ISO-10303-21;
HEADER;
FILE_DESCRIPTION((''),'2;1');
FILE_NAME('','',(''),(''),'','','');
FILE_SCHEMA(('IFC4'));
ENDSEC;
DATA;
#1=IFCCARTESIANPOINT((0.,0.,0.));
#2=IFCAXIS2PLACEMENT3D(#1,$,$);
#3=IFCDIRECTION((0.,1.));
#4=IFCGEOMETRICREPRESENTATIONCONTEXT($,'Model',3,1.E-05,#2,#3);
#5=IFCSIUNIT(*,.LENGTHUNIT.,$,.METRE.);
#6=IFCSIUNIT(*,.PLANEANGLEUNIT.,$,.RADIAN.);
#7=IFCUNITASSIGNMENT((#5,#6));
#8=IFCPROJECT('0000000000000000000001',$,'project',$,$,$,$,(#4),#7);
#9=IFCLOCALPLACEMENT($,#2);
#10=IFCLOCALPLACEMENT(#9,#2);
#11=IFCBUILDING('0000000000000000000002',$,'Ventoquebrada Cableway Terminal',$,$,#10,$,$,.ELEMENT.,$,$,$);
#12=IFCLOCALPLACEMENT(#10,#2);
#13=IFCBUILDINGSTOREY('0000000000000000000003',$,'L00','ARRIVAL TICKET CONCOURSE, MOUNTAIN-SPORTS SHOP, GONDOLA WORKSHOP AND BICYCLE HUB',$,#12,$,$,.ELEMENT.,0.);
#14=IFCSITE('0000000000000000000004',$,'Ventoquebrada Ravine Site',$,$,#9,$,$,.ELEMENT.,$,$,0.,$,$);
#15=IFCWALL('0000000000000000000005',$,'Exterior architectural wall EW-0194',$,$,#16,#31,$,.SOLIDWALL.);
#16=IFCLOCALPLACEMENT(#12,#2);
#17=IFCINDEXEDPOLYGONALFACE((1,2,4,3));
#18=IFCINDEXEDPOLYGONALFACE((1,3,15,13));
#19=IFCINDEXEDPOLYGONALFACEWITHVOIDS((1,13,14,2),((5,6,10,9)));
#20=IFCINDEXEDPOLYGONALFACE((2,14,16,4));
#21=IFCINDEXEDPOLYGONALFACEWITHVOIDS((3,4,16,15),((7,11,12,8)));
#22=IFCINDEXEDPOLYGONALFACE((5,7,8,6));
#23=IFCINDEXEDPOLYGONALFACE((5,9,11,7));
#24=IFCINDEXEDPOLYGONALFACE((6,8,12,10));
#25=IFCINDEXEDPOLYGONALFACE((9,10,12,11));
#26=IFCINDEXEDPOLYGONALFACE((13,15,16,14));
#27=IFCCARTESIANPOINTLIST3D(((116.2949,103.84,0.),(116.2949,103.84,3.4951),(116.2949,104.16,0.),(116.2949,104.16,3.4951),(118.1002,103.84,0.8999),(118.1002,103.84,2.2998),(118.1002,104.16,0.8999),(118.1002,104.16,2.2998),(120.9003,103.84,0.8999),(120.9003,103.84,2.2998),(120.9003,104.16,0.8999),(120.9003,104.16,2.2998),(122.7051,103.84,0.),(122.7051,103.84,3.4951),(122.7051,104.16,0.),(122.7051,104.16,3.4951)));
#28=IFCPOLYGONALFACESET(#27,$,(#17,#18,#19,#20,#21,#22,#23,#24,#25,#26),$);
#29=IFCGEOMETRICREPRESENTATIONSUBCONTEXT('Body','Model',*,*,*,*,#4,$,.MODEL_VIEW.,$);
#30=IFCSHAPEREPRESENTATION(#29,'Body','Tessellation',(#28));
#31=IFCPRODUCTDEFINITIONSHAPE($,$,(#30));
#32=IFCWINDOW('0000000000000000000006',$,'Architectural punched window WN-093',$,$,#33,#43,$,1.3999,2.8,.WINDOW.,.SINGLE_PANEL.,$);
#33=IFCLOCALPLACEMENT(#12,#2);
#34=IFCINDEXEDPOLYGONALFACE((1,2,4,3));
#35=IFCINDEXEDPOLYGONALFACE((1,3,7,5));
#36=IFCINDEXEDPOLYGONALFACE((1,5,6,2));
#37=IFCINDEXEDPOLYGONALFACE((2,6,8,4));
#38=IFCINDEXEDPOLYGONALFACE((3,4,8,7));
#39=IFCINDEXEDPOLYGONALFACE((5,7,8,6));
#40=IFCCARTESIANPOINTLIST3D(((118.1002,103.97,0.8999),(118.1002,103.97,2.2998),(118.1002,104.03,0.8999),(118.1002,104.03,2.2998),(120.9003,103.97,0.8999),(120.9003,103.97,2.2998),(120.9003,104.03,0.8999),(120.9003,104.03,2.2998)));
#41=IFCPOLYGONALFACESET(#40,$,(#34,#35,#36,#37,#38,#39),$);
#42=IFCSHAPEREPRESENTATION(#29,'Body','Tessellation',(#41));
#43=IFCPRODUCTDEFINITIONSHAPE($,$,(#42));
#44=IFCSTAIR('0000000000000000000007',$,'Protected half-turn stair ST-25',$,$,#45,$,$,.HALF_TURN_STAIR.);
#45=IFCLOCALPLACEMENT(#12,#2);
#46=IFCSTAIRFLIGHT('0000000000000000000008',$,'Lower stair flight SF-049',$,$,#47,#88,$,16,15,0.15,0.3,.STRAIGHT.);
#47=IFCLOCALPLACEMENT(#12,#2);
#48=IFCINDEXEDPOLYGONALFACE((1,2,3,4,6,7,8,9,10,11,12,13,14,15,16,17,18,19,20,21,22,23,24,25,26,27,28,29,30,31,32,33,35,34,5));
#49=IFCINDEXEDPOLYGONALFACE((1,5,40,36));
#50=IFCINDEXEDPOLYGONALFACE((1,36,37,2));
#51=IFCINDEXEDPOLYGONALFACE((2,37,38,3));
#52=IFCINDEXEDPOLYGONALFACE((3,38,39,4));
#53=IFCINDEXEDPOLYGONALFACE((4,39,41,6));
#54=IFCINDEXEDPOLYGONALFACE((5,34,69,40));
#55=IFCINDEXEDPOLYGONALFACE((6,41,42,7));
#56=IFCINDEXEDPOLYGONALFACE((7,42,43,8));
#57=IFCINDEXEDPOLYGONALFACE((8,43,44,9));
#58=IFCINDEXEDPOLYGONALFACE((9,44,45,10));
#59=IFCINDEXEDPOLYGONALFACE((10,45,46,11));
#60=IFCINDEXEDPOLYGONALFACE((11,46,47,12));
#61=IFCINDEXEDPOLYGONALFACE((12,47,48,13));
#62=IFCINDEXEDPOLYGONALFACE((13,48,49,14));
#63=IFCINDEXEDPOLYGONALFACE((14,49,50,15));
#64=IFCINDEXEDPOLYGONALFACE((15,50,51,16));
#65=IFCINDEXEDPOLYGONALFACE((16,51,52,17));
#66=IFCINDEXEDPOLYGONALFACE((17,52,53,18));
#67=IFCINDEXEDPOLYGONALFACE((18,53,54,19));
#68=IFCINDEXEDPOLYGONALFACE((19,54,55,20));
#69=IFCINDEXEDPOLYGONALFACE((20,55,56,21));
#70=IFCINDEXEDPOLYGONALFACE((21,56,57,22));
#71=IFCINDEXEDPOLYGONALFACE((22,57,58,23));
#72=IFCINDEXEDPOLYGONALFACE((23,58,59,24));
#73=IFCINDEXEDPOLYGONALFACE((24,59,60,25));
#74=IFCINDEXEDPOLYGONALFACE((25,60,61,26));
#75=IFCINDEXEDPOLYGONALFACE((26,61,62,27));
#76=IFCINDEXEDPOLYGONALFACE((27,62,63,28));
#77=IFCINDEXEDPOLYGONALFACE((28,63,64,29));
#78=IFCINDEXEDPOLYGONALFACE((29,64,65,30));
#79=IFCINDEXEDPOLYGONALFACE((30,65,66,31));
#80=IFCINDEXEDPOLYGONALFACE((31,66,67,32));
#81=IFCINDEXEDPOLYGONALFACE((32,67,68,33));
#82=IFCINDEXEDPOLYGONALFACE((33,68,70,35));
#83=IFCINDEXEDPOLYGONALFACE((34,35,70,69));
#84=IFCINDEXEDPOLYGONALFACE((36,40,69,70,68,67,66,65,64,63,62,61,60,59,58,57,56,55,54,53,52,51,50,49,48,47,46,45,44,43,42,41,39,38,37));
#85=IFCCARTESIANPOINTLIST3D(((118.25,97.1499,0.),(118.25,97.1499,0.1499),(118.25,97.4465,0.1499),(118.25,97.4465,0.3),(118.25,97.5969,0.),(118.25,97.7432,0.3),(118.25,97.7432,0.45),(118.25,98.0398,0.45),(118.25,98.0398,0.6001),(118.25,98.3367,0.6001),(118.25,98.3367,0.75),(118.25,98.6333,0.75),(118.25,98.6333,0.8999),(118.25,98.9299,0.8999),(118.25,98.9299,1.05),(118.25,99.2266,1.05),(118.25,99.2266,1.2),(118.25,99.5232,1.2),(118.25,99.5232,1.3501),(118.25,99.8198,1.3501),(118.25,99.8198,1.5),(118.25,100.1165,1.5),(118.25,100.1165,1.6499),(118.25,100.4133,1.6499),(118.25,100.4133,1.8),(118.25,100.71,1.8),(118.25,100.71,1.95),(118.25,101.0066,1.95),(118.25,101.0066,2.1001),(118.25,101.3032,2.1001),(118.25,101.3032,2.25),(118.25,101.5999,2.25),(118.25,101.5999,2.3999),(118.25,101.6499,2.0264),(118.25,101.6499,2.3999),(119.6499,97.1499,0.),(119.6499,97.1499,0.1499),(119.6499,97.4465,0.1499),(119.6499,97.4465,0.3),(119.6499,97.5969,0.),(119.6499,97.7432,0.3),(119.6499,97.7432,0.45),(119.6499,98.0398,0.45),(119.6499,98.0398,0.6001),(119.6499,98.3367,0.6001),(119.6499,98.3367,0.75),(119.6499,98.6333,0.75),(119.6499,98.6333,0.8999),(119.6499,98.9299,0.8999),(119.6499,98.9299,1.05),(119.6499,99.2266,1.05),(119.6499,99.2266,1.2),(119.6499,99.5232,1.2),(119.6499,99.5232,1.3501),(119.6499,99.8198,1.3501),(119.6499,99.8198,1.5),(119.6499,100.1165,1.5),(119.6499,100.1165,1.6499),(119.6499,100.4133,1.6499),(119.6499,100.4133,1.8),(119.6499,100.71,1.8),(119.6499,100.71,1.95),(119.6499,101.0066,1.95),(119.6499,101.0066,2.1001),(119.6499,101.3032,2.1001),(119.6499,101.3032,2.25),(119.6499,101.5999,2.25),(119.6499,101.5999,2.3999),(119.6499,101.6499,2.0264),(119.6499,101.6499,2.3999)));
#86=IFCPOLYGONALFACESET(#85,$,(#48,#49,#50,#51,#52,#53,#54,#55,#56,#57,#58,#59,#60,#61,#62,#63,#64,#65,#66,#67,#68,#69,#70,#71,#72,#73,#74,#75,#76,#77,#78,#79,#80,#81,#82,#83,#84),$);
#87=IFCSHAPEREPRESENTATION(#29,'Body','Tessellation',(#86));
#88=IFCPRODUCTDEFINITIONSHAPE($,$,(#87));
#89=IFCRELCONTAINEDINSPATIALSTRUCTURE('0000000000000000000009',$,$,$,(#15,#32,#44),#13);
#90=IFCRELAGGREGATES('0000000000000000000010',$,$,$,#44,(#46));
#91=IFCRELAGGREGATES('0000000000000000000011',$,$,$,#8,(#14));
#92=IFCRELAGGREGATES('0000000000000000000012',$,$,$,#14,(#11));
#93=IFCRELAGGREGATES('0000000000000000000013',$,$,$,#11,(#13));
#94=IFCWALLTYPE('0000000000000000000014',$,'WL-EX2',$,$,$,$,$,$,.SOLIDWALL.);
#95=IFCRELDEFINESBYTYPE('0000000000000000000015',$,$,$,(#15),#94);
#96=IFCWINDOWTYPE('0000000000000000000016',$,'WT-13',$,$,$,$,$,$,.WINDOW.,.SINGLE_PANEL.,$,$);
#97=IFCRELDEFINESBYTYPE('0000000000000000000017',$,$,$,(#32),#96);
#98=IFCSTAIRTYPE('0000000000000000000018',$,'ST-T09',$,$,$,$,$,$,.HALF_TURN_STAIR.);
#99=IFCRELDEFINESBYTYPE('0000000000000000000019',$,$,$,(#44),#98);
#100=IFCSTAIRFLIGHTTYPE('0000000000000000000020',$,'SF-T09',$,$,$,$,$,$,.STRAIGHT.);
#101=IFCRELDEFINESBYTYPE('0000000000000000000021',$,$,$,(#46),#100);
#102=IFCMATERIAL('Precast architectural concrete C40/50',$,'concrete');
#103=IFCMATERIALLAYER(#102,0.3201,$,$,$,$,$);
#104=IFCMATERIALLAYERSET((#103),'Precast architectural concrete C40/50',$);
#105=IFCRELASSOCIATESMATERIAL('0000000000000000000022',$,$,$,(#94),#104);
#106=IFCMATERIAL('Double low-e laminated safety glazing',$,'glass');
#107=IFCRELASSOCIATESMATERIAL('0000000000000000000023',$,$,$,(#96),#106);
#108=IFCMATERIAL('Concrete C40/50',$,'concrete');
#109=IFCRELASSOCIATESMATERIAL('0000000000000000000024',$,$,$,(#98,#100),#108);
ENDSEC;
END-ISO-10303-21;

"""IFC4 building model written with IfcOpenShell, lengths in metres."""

from ifc_helpers import new_model, si_unit, direction, frame, frame_2d, origin, place, context, subcontext, project, spatial, polyline, rectangle, outline, extrude, material, layer, layer_set, type_object, element, fill, aggregate, save


model = new_model("IFC4")

# Units and contexts
model_context = context("Model", 3, precision=1e-05, world=origin(), true_north=direction((0.0, 1.0)))
body_context = subcontext(model_context, "Body", "Model", "MODEL_VIEW")
ifc_project = project(units=[si_unit("LENGTHUNIT", "METRE"), si_unit("PLANEANGLEUNIT", "RADIAN")], contexts=[model_context])

# Site, building, storey
site_placement = place(None, origin())
site = spatial("IfcSite", under=ifc_project, at=site_placement, Name="Ventoquebrada Ravine Site", CompositionType="ELEMENT", RefElevation=0.0)
building_placement = place(site_placement, origin())
building = spatial("IfcBuilding", under=site, at=building_placement, Name="Ventoquebrada Cableway Terminal", CompositionType="ELEMENT")
storey_placement = place(building_placement, origin())
storey = spatial("IfcBuildingStorey", under=building, at=storey_placement, Name="L00", Description="ARRIVAL TICKET CONCOURSE, MOUNTAIN-SPORTS SHOP, GONDOLA WORKSHOP AND BICYCLE HUB", CompositionType="ELEMENT", Elevation=0.0)

# Shared definitions
ifc_material_1 = material(Name="Concrete C40/50", Category="concrete")

# Shared definitions
ifc_material_2 = material(Name="Precast architectural concrete C40/50", Category="concrete")
ifc_layer_1 = layer(ifc_material_2, 0.3201)
ifc_layer_set_1 = layer_set([ifc_layer_1], Name="Precast architectural concrete C40/50")
wall_type_1 = type_object("IfcWallType", Name="WL-EX2", PredefinedType="SOLIDWALL", material=ifc_layer_set_1)

# Wall, opening, window
wall_1_placement = place(storey_placement, frame((122.7051, 104.0, 0.0), z_axis=(0.0, 0.0, 1.0), x_axis=(-1.0, 0.0, 0.0)))
wall_1 = element("IfcWall", 1, at=wall_1_placement, inside=storey, type_object=wall_type_1, Name="Exterior architectural wall EW-0194", PredefinedType="SOLIDWALL", context=body_context, shape_type="SweptSolid", body=[
    extrude(rectangle(XDim=6.4102, YDim=0.3201, at=frame_2d((3.2051, 0.0))), origin(), (0.0, 0.0, 1.0), 3.4951),
])
opening_placement = place(wall_1_placement, frame((1.8049, 0.0, 0.8999)))
opening = element("IfcOpeningElement", 2, at=opening_placement, cuts=wall_1, PredefinedType="OPENING", context=body_context, shape_type="SweptSolid", body=[
    extrude(rectangle(XDim=2.8, YDim=1.3999, at=frame_2d((1.3999, 0.7))), frame((0.0, 0.1699, 0.0), z_axis=(0.0, -1.0, 0.0), x_axis=(1.0, 0.0, 0.0)), (0.0, 0.0, 1.0), 0.3401),
])
ifc_material_3 = material(Name="Double low-e laminated safety glazing", Category="glass")
window_type = type_object("IfcWindowType", Name="WT-13", PartitioningType="SINGLE_PANEL", PredefinedType="WINDOW", material=ifc_material_3)
window_placement = place(opening_placement, origin())
window = element("IfcWindow", 3, at=window_placement, inside=storey, type_object=window_type, Name="Architectural punched window WN-093", OverallHeight=1.3999, OverallWidth=2.8, PartitioningType="SINGLE_PANEL", PredefinedType="WINDOW", context=body_context, shape_type="SweptSolid", body=[
    extrude(rectangle(XDim=2.8, YDim=1.3999, at=frame_2d((1.3999, 0.7))), frame((0.0, 0.03, 0.0), z_axis=(0.0, -1.0, 0.0), x_axis=(1.0, 0.0, 0.0)), (0.0, 0.0, 1.0), 0.0601),
])
fill(opening, window)

# Stair, stair flight
stair_type = type_object("IfcStairType", Name="ST-T09", PredefinedType="HALF_TURN_STAIR", material=ifc_material_1)
stair_placement = place(storey_placement, origin())
stair = element("IfcStair", 4, at=stair_placement, inside=storey, type_object=stair_type, Name="Protected half-turn stair ST-25", PredefinedType="HALF_TURN_STAIR")
stair_flight_type = type_object("IfcStairFlightType", Name="SF-T09", PredefinedType="STRAIGHT", material=ifc_material_1)
stair_flight_placement = place(storey_placement, frame((118.95, 97.1499, 0.0), z_axis=(0.0, 0.0, 1.0), x_axis=(0.0, 1.0, 0.0)))
stair_flight = element("IfcStairFlight", 5, at=stair_flight_placement, type_object=stair_flight_type, Name="Lower stair flight SF-049", NumberOfRisers=16, NumberOfTreads=15, PredefinedType="STRAIGHT", RiserHeight=0.15, TreadLength=0.3, context=body_context, shape_type="SweptSolid", body=[
    extrude(outline(polyline([(0.0, 0.0), (0.0, 0.1499), (0.2966, 0.1499), (0.2966, 0.3), (0.5933, 0.3), (0.5933, 0.45), (0.8899, 0.45), (0.8899, 0.6001), (1.1868, 0.6001), (1.1868, 0.75), (1.4834, 0.75), (1.4834, 0.8999), (1.78, 0.8999), (1.78, 1.05), (2.0767, 1.05), (2.0767, 1.2), (2.3733, 1.2), (2.3733, 1.3501), (2.6699, 1.3501), (2.6699, 1.5), (2.9666, 1.5), (2.9666, 1.6499), (3.2634, 1.6499), (3.2634, 1.8), (3.5601, 1.8), (3.5601, 1.95), (3.8567, 1.95), (3.8567, 2.1001), (4.1533, 2.1001), (4.1533, 2.25), (4.45, 2.25), (4.45, 2.3999), (4.5, 2.3999), (4.5, 2.0264), (0.447, 0.0), (0.0, 0.0)])), frame((0.0, 0.7, 0.0), z_axis=(0.0, -1.0, 0.0), x_axis=(1.0, 0.0, 0.0)), (0.0, 0.0, 1.0), 1.3999),
])
aggregate(stair, [stair_flight])

save(model, "model.ifc")
